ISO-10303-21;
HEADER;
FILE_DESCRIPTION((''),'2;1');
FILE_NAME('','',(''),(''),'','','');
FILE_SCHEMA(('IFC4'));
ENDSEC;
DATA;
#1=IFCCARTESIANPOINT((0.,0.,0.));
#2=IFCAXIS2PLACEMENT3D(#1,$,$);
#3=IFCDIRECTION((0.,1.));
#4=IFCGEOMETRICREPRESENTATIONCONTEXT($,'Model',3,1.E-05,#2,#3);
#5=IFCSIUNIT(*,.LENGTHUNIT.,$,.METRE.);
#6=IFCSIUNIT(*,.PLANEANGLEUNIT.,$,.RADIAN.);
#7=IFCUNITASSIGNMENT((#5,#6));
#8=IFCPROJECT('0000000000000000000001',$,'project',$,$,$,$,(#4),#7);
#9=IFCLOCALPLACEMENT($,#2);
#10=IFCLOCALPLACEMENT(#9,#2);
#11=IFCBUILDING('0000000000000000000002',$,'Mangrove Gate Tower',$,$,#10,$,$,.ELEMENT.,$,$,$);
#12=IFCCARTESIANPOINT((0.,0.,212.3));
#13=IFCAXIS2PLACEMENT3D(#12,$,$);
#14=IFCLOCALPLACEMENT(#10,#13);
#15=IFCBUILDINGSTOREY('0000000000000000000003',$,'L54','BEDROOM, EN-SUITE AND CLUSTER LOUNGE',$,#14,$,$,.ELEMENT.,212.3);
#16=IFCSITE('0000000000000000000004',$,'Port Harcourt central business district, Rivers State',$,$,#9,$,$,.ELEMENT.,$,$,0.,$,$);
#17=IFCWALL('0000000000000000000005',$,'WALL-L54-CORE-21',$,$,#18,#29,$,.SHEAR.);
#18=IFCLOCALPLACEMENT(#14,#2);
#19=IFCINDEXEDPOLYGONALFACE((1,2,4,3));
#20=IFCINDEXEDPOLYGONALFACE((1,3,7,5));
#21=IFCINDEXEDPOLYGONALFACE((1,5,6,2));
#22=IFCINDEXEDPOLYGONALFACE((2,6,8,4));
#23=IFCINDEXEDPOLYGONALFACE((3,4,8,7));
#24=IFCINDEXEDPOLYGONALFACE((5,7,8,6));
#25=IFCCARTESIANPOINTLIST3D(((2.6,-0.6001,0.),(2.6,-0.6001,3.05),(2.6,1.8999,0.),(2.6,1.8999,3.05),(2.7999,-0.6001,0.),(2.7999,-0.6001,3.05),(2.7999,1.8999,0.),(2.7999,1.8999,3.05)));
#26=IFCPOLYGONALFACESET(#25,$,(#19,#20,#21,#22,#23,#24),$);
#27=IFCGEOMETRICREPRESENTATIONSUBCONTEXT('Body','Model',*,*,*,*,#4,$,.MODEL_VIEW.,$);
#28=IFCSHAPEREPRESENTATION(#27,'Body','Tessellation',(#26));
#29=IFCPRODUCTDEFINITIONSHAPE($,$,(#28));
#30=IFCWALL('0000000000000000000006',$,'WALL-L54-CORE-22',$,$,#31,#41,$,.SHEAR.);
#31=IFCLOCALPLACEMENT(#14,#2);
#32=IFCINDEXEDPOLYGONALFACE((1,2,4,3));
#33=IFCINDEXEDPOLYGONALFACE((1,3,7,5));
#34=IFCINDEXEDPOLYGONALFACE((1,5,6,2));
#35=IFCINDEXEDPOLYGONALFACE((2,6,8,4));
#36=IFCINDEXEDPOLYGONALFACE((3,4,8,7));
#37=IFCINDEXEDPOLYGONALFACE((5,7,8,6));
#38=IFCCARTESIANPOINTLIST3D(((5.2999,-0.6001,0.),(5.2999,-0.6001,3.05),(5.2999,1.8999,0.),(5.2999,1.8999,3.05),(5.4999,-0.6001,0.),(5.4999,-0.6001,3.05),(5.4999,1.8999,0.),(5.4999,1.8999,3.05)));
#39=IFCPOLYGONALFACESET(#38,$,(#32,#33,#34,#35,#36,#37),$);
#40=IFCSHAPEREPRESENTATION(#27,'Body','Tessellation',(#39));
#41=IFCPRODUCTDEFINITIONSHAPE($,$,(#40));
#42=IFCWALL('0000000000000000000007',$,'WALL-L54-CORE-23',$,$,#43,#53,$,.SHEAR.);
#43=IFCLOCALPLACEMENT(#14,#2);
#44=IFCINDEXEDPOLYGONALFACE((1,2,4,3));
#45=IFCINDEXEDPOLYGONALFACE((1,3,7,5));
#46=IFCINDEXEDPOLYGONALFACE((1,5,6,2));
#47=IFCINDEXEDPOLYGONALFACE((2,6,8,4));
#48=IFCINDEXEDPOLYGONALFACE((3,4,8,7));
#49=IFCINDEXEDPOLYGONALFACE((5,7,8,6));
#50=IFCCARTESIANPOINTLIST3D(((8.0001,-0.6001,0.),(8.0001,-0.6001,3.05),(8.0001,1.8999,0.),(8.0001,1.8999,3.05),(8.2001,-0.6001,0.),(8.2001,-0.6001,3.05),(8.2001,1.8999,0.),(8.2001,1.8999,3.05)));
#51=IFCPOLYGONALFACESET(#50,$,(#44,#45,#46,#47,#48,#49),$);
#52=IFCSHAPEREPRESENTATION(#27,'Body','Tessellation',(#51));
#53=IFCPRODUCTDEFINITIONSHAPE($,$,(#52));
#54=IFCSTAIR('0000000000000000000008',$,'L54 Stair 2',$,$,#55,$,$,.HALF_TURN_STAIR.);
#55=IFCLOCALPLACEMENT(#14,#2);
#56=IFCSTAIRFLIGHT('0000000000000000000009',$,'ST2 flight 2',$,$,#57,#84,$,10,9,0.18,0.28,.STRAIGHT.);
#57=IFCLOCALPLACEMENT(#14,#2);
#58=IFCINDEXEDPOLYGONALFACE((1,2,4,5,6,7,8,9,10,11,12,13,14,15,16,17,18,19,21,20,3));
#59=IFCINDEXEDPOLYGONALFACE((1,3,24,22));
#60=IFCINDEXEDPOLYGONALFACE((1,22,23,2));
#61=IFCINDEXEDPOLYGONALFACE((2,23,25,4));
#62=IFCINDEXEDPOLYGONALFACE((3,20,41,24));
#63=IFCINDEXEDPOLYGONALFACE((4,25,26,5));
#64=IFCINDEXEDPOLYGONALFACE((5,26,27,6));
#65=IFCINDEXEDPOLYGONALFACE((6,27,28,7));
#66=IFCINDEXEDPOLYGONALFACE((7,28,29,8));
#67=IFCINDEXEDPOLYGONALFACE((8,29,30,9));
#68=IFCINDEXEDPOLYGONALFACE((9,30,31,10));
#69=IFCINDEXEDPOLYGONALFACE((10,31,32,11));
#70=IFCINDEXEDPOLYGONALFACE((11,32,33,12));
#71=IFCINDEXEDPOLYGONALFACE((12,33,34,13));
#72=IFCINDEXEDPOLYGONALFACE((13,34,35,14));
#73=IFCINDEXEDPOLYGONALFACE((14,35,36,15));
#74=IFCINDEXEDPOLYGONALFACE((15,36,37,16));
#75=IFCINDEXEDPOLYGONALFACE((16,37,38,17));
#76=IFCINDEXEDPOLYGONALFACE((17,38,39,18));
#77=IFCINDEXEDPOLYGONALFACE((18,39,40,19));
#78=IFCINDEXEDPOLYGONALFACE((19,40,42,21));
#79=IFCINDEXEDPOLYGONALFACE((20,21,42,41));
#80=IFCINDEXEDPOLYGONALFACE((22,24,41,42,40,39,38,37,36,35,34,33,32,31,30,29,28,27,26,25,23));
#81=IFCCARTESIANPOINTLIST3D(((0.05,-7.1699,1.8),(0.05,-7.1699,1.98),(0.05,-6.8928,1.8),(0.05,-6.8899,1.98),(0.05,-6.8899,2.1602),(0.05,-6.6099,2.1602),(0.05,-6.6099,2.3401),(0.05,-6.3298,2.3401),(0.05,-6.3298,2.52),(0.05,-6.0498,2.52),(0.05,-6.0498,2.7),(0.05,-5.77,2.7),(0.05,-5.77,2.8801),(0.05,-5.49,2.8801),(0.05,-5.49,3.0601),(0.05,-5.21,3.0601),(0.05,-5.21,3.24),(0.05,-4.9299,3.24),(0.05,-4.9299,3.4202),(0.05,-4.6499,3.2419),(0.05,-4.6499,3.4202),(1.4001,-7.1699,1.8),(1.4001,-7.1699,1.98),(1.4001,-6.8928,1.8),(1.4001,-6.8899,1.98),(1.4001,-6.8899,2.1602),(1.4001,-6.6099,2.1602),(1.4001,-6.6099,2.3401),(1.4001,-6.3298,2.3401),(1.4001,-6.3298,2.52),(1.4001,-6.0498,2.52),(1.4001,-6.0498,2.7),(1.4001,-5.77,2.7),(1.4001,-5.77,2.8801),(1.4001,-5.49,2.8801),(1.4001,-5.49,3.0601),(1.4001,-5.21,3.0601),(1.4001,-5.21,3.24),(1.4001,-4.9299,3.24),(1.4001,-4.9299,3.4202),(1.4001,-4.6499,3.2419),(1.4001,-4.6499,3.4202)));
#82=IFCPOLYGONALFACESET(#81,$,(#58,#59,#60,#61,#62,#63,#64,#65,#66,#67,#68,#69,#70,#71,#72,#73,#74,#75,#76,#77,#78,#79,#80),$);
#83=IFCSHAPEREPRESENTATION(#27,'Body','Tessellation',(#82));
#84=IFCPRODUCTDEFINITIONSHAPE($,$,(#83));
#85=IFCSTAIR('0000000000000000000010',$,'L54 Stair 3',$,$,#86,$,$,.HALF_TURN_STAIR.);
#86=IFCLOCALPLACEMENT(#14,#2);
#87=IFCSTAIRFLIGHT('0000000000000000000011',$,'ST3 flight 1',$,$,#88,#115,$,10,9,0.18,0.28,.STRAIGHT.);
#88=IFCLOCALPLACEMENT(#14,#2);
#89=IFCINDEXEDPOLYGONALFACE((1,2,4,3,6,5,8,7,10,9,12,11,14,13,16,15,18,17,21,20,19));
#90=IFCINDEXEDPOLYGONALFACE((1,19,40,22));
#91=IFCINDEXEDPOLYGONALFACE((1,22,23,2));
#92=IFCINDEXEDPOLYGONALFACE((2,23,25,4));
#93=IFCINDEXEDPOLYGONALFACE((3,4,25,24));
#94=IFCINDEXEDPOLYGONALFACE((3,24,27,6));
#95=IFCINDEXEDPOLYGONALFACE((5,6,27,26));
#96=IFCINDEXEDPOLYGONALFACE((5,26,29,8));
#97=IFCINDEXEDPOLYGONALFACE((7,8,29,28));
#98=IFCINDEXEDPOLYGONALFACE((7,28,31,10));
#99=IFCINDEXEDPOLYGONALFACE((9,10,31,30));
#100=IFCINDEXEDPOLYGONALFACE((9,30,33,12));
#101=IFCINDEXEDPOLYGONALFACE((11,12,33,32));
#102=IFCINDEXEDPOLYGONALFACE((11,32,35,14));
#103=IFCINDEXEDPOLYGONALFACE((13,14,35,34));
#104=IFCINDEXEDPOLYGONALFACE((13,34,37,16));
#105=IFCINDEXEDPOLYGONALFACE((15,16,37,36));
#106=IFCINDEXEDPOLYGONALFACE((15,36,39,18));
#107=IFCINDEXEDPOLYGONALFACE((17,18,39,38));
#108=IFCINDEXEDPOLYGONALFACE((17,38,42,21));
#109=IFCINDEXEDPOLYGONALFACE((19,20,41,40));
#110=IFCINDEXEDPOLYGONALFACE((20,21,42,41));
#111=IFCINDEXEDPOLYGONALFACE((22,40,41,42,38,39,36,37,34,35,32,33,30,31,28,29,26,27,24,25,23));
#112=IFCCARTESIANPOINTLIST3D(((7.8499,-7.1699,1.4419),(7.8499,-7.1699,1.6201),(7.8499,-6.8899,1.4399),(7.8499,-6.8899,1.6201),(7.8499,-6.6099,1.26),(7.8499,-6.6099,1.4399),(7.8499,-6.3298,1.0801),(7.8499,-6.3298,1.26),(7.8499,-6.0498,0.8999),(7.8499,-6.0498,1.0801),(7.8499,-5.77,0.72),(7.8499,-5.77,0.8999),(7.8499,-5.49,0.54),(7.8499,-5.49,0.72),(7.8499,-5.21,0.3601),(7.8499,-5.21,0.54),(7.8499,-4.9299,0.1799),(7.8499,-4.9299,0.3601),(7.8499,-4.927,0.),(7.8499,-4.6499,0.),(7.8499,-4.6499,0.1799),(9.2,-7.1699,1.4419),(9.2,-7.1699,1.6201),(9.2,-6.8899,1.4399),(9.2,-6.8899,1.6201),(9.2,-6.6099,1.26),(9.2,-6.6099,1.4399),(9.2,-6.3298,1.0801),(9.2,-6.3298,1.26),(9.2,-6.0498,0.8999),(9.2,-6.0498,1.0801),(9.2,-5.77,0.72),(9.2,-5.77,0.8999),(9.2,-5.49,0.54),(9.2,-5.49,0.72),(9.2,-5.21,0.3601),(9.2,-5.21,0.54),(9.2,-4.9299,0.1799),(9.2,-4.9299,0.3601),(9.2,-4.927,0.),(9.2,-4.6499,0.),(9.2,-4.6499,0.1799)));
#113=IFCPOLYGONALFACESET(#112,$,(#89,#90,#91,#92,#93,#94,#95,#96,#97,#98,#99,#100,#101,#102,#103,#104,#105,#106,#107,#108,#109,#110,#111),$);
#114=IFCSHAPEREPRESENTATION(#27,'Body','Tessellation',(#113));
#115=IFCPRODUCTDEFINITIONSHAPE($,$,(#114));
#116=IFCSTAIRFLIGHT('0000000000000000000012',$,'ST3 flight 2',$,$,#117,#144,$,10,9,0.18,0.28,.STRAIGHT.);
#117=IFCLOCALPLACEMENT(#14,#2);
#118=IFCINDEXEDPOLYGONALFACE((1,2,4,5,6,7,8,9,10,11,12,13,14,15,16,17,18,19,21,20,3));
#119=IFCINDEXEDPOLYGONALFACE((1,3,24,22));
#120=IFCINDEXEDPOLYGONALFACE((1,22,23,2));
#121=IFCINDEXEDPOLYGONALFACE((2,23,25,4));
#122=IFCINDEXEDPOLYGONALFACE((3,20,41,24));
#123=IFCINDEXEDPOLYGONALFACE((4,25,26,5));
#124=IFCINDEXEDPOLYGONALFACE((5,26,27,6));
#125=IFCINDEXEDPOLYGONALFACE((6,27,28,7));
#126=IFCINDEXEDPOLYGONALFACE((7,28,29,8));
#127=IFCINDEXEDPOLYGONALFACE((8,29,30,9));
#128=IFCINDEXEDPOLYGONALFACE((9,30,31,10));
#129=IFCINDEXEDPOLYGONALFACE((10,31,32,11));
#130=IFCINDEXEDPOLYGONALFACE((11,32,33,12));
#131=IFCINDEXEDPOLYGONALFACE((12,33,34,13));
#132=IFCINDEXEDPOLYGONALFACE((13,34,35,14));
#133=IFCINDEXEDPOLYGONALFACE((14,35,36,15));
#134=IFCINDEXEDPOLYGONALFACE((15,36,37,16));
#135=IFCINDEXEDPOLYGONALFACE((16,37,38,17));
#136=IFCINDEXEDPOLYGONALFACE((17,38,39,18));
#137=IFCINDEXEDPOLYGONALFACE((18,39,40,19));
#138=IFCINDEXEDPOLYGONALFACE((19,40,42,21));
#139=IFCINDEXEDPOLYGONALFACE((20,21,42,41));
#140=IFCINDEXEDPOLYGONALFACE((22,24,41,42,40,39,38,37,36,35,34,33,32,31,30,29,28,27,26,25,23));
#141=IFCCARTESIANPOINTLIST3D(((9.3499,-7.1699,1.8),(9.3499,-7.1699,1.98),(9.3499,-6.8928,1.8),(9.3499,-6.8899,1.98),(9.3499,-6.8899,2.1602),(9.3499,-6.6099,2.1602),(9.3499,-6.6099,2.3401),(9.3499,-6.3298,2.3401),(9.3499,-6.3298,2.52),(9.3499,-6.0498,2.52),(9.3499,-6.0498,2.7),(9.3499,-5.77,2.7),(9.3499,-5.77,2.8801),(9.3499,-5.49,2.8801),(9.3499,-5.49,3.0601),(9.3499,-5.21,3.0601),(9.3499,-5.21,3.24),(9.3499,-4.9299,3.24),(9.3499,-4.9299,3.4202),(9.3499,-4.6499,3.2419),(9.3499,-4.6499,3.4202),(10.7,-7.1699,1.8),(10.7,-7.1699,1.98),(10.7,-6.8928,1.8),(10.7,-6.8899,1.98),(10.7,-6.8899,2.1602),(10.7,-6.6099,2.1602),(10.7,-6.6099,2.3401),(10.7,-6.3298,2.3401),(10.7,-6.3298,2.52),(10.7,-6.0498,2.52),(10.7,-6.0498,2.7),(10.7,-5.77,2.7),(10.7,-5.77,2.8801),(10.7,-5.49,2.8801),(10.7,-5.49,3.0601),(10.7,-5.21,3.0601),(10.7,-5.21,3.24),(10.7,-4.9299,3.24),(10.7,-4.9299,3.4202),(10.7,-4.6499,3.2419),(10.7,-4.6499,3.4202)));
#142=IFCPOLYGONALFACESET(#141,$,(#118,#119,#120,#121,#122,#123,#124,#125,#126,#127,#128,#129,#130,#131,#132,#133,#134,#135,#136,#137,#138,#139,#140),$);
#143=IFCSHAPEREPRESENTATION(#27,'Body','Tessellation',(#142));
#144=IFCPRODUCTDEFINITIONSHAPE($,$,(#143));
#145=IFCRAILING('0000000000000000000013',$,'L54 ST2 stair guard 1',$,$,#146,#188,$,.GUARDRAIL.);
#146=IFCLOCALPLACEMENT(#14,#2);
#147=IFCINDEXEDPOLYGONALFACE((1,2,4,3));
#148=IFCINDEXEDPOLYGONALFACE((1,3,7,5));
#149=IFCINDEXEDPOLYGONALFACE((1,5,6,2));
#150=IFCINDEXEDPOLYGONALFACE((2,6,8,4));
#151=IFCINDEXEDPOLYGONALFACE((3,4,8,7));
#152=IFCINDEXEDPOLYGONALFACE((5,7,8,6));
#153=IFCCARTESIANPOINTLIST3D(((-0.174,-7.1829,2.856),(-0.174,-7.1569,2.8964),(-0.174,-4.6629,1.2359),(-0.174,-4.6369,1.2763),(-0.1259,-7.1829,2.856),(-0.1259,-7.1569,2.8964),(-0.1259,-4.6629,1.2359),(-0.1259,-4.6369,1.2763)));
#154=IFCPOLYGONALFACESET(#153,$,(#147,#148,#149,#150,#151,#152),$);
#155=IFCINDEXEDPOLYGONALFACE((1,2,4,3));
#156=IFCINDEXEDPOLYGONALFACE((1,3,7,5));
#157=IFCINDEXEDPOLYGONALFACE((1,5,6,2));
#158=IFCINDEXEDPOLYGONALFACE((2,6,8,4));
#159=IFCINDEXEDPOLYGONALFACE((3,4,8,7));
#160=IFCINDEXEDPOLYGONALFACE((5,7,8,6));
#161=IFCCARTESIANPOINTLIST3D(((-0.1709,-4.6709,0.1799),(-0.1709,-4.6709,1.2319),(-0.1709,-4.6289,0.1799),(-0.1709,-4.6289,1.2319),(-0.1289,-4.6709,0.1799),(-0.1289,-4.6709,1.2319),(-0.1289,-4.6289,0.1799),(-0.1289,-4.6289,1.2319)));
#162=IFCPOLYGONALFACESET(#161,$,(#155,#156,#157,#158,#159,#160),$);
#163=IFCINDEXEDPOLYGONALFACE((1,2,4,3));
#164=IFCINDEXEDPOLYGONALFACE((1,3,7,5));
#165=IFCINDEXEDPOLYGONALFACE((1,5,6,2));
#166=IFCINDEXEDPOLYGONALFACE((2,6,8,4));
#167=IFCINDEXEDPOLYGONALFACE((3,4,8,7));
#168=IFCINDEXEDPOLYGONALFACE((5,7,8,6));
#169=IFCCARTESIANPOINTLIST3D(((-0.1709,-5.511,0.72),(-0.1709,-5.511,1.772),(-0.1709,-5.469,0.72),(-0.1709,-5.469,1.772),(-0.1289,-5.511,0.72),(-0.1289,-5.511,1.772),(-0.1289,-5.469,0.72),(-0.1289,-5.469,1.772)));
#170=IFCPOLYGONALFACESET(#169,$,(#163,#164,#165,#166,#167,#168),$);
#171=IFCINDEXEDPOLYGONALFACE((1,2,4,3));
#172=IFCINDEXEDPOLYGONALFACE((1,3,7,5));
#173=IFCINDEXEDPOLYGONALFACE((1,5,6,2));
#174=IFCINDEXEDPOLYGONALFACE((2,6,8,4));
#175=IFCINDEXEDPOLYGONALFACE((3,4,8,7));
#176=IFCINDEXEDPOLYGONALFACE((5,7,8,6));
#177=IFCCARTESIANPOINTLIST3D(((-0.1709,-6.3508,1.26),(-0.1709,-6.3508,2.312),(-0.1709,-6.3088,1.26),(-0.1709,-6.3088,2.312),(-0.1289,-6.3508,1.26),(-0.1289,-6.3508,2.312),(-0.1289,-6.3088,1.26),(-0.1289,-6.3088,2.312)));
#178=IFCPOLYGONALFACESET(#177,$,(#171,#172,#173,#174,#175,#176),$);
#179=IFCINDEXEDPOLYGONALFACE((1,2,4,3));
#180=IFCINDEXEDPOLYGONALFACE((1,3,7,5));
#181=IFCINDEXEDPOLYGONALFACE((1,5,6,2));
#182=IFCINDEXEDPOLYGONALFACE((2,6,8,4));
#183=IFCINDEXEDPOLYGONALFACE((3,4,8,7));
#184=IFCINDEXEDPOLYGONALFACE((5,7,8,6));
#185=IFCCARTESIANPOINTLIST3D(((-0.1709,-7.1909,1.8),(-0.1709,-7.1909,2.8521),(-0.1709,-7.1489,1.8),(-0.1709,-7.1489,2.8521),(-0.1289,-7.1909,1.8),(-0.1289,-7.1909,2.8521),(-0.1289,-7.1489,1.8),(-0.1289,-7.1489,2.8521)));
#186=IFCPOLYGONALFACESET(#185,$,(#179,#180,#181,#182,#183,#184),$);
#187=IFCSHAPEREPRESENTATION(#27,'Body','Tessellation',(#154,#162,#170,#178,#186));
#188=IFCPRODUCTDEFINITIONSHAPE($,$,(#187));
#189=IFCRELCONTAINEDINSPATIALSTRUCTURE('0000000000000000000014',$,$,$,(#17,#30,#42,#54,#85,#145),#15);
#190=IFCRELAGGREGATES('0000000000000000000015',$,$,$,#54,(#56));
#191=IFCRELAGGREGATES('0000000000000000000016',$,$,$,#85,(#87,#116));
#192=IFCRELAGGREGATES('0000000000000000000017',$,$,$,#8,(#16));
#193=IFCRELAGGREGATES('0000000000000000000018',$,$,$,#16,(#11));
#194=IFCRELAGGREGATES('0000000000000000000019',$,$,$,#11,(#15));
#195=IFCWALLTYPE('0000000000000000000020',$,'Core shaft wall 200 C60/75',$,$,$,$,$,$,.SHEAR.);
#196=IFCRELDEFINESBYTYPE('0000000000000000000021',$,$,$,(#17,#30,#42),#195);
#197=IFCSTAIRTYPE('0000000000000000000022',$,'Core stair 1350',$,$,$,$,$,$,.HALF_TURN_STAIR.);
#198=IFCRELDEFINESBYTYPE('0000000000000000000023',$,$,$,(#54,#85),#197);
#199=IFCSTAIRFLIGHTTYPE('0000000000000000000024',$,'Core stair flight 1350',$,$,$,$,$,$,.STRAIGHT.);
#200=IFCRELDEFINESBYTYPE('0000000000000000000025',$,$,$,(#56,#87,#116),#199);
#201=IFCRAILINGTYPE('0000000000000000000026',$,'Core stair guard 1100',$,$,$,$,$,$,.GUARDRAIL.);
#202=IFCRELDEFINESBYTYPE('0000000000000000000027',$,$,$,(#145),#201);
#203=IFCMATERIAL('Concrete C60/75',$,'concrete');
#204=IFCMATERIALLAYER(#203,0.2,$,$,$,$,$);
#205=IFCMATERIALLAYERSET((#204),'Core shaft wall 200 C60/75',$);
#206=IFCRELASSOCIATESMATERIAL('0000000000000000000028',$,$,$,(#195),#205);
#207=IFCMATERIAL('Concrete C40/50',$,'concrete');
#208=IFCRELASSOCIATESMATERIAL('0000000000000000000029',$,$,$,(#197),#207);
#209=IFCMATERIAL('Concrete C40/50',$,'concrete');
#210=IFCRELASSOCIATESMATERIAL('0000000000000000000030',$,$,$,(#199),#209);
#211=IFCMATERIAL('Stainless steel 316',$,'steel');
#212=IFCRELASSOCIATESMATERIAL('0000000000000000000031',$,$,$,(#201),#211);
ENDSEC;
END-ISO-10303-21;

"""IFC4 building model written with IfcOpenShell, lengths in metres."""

from ifc_helpers import new_model, si_unit, direction, frame, frame_2d, origin, origin_2d, place, context, subcontext, project, spatial, polyline, rectangle, outline, extrude, material, layer, layer_set, type_object, element, aggregate, save


model = new_model("IFC4")

# Units and contexts
model_context = context("Model", 3, precision=1e-05, world=origin(), true_north=direction((0.0, 1.0)))
body_context = subcontext(model_context, "Body", "Model", "MODEL_VIEW")
ifc_project = project(units=[si_unit("LENGTHUNIT", "METRE"), si_unit("PLANEANGLEUNIT", "RADIAN")], contexts=[model_context])

# Site, building, storey
site_placement = place(None, origin())
site = spatial("IfcSite", under=ifc_project, at=site_placement, Name="Port Harcourt central business district, Rivers State", CompositionType="ELEMENT", RefElevation=0.0)
building_placement = place(site_placement, origin())
building = spatial("IfcBuilding", under=site, at=building_placement, Name="Mangrove Gate Tower", CompositionType="ELEMENT")
storey_placement = place(building_placement, frame((0.0, 0.0, 212.3)))
storey = spatial("IfcBuildingStorey", under=building, at=storey_placement, Name="L54", Description="BEDROOM, EN-SUITE AND CLUSTER LOUNGE", CompositionType="ELEMENT", Elevation=212.3)

# Walls
ifc_material_1 = material(Name="Concrete C60/75", Category="concrete")
ifc_layer = layer(ifc_material_1, 0.2)
ifc_layer_set = layer_set([ifc_layer], Name="Core shaft wall 200 C60/75")
wall_type = type_object("IfcWallType", Name="Core shaft wall 200 C60/75", PredefinedType="SHEAR", material=ifc_layer_set)
for number, where, z_axis, x_axis, name in (
    (1, (2.7, -0.6001, 0.0), (0.0, 0.0, 1.0), (0.0, 1.0, 0.0), "WALL-L54-CORE-21"),
    (2, (5.3999, -0.6001, 0.0), (0.0, 0.0, 1.0), (0.0, 1.0, 0.0), "WALL-L54-CORE-22"),
    (3, (8.1001, -0.6001, 0.0), (0.0, 0.0, 1.0), (0.0, 1.0, 0.0), "WALL-L54-CORE-23"),
):
    element("IfcWall", number, at=place(storey_placement, frame(where, z_axis=z_axis, x_axis=x_axis)), inside=storey, type_object=wall_type, Name=name, PredefinedType="SHEAR", context=body_context, shape_type="SweptSolid", body=[
        extrude(rectangle(XDim=2.5, YDim=0.2, at=frame_2d((1.25, 0.0))), origin(), (0.0, 0.0, 1.0), 3.05),
    ])

# Stair, stair flight
ifc_material_2 = material(Name="Concrete C40/50", Category="concrete")
stair_type = type_object("IfcStairType", Name="Core stair 1350", PredefinedType="HALF_TURN_STAIR", material=ifc_material_2)
stair_1_placement = place(storey_placement, origin())
stair_1 = element("IfcStair", 4, at=stair_1_placement, inside=storey, type_object=stair_type, Name="L54 Stair 2", PredefinedType="HALF_TURN_STAIR")
ifc_material_3 = material(Name="Concrete C40/50", Category="concrete")
stair_flight_type = type_object("IfcStairFlightType", Name="Core stair flight 1350", PredefinedType="STRAIGHT", material=ifc_material_3)
stair_flight_1_placement = place(storey_placement, frame((0.7251, -7.1699, 1.8), z_axis=(0.0, 0.0, 1.0), x_axis=(0.0, 1.0, 0.0)))
stair_flight_1 = element("IfcStairFlight", 5, at=stair_flight_1_placement, type_object=stair_flight_type, Name="ST2 flight 2", NumberOfRisers=10, NumberOfTreads=9, PredefinedType="STRAIGHT", RiserHeight=0.18, TreadLength=0.28, context=body_context, shape_type="SweptSolid", body=[
    extrude(outline(polyline([(0.0, 0.0), (0.0, 0.1799), (0.28, 0.1799), (0.28, 0.3601), (0.5601, 0.3601), (0.5601, 0.54), (0.8401, 0.54), (0.8401, 0.72), (1.1201, 0.72), (1.1201, 0.8999), (1.3999, 0.8999), (1.3999, 1.0801), (1.6799, 1.0801), (1.6799, 1.26), (1.96, 1.26), (1.96, 1.4399), (2.24, 1.4399), (2.24, 1.6201), (2.52, 1.6201), (2.52, 1.8), (2.52, 1.4419), (0.2771, 0.0), (0.0, 0.0)])), frame((0.0, 0.675, 0.0), z_axis=(0.0, -1.0, 0.0), x_axis=(1.0, 0.0, 0.0)), (0.0, 0.0, 1.0), 1.3501),
])
aggregate(stair_1, [stair_flight_1])

# Stair, stair flights
stair_2_placement = place(storey_placement, origin())
stair_2 = element("IfcStair", 6, at=stair_2_placement, inside=storey, type_object=stair_type, Name="L54 Stair 3", PredefinedType="HALF_TURN_STAIR")
stair_flight_2_placement = place(storey_placement, frame((8.5249, -4.6499, 0.0), z_axis=(0.0, 0.0, 1.0), x_axis=(0.0, -1.0, 0.0)))
stair_flight_2 = element("IfcStairFlight", 7, at=stair_flight_2_placement, type_object=stair_flight_type, Name="ST3 flight 1", NumberOfRisers=10, NumberOfTreads=9, PredefinedType="STRAIGHT", RiserHeight=0.18, TreadLength=0.28, context=body_context, shape_type="SweptSolid", body=[
    extrude(outline(polyline([(0.0, 0.0), (0.0, 0.1799), (0.28, 0.1799), (0.28, 0.3601), (0.5601, 0.3601), (0.5601, 0.54), (0.8401, 0.54), (0.8401, 0.72), (1.1201, 0.72), (1.1201, 0.8999), (1.3999, 0.8999), (1.3999, 1.0801), (1.6799, 1.0801), (1.6799, 1.26), (1.96, 1.26), (1.96, 1.4399), (2.24, 1.4399), (2.24, 1.6201), (2.52, 1.6201), (2.52, 1.8), (2.52, 1.4419), (0.2771, 0.0), (0.0, 0.0)])), frame((0.0, 0.675, 0.0), z_axis=(0.0, -1.0, 0.0), x_axis=(1.0, 0.0, 0.0)), (0.0, 0.0, 1.0), 1.3501),
])
stair_flight_3_placement = place(storey_placement, frame((10.0249, -7.1699, 1.8), z_axis=(0.0, 0.0, 1.0), x_axis=(0.0, 1.0, 0.0)))
stair_flight_3 = element("IfcStairFlight", 8, at=stair_flight_3_placement, type_object=stair_flight_type, Name="ST3 flight 2", NumberOfRisers=10, NumberOfTreads=9, PredefinedType="STRAIGHT", RiserHeight=0.18, TreadLength=0.28, context=body_context, shape_type="SweptSolid", body=[
    extrude(outline(polyline([(0.0, 0.0), (0.0, 0.1799), (0.28, 0.1799), (0.28, 0.3601), (0.5601, 0.3601), (0.5601, 0.54), (0.8401, 0.54), (0.8401, 0.72), (1.1201, 0.72), (1.1201, 0.8999), (1.3999, 0.8999), (1.3999, 1.0801), (1.6799, 1.0801), (1.6799, 1.26), (1.96, 1.26), (1.96, 1.4399), (2.24, 1.4399), (2.24, 1.6201), (2.52, 1.6201), (2.52, 1.8), (2.52, 1.4419), (0.2771, 0.0), (0.0, 0.0)])), frame((0.0, 0.675, 0.0), z_axis=(0.0, -1.0, 0.0), x_axis=(1.0, 0.0, 0.0)), (0.0, 0.0, 1.0), 1.3501),
])
aggregate(stair_2, [stair_flight_2, stair_flight_3])

# Railing
ifc_material_4 = material(Name="Stainless steel 316", Category="steel")
railing_type_1 = type_object("IfcRailingType", Name="Core stair guard 1100", PredefinedType="GUARDRAIL", material=ifc_material_4)
railing_1_placement = place(storey_placement, frame((-0.1499, -4.6499, 0.1799)))
element("IfcRailing", 9, at=railing_1_placement, inside=storey, type_object=railing_type_1, Name="L54 ST2 stair guard 1", PredefinedType="GUARDRAIL", context=body_context, shape_type="SweptSolid", body=[
    extrude(rectangle(XDim=0.0481, YDim=0.0481, at=origin_2d()), frame((0.0, 0.0, 1.0762), z_axis=(0.0, -0.841163, 0.540782), x_axis=(1.0, 0.0, 0.0)), (0.0, 0.0, 1.0), 2.9958),
    extrude(rectangle(XDim=0.042, YDim=0.042, at=origin_2d()), origin(), (0.0, 0.0, 1.0), 1.052),
    extrude(rectangle(XDim=0.042, YDim=0.042, at=origin_2d()), frame((0.0, -0.8401, 0.54)), (0.0, 0.0, 1.0), 1.052),
    extrude(rectangle(XDim=0.042, YDim=0.042, at=origin_2d()), frame((0.0, -1.6799, 1.0801)), (0.0, 0.0, 1.0), 1.052),
    extrude(rectangle(XDim=0.042, YDim=0.042, at=origin_2d()), frame((0.0, -2.52, 1.6201)), (0.0, 0.0, 1.0), 1.052),
])

save(model, "model.ifc")
